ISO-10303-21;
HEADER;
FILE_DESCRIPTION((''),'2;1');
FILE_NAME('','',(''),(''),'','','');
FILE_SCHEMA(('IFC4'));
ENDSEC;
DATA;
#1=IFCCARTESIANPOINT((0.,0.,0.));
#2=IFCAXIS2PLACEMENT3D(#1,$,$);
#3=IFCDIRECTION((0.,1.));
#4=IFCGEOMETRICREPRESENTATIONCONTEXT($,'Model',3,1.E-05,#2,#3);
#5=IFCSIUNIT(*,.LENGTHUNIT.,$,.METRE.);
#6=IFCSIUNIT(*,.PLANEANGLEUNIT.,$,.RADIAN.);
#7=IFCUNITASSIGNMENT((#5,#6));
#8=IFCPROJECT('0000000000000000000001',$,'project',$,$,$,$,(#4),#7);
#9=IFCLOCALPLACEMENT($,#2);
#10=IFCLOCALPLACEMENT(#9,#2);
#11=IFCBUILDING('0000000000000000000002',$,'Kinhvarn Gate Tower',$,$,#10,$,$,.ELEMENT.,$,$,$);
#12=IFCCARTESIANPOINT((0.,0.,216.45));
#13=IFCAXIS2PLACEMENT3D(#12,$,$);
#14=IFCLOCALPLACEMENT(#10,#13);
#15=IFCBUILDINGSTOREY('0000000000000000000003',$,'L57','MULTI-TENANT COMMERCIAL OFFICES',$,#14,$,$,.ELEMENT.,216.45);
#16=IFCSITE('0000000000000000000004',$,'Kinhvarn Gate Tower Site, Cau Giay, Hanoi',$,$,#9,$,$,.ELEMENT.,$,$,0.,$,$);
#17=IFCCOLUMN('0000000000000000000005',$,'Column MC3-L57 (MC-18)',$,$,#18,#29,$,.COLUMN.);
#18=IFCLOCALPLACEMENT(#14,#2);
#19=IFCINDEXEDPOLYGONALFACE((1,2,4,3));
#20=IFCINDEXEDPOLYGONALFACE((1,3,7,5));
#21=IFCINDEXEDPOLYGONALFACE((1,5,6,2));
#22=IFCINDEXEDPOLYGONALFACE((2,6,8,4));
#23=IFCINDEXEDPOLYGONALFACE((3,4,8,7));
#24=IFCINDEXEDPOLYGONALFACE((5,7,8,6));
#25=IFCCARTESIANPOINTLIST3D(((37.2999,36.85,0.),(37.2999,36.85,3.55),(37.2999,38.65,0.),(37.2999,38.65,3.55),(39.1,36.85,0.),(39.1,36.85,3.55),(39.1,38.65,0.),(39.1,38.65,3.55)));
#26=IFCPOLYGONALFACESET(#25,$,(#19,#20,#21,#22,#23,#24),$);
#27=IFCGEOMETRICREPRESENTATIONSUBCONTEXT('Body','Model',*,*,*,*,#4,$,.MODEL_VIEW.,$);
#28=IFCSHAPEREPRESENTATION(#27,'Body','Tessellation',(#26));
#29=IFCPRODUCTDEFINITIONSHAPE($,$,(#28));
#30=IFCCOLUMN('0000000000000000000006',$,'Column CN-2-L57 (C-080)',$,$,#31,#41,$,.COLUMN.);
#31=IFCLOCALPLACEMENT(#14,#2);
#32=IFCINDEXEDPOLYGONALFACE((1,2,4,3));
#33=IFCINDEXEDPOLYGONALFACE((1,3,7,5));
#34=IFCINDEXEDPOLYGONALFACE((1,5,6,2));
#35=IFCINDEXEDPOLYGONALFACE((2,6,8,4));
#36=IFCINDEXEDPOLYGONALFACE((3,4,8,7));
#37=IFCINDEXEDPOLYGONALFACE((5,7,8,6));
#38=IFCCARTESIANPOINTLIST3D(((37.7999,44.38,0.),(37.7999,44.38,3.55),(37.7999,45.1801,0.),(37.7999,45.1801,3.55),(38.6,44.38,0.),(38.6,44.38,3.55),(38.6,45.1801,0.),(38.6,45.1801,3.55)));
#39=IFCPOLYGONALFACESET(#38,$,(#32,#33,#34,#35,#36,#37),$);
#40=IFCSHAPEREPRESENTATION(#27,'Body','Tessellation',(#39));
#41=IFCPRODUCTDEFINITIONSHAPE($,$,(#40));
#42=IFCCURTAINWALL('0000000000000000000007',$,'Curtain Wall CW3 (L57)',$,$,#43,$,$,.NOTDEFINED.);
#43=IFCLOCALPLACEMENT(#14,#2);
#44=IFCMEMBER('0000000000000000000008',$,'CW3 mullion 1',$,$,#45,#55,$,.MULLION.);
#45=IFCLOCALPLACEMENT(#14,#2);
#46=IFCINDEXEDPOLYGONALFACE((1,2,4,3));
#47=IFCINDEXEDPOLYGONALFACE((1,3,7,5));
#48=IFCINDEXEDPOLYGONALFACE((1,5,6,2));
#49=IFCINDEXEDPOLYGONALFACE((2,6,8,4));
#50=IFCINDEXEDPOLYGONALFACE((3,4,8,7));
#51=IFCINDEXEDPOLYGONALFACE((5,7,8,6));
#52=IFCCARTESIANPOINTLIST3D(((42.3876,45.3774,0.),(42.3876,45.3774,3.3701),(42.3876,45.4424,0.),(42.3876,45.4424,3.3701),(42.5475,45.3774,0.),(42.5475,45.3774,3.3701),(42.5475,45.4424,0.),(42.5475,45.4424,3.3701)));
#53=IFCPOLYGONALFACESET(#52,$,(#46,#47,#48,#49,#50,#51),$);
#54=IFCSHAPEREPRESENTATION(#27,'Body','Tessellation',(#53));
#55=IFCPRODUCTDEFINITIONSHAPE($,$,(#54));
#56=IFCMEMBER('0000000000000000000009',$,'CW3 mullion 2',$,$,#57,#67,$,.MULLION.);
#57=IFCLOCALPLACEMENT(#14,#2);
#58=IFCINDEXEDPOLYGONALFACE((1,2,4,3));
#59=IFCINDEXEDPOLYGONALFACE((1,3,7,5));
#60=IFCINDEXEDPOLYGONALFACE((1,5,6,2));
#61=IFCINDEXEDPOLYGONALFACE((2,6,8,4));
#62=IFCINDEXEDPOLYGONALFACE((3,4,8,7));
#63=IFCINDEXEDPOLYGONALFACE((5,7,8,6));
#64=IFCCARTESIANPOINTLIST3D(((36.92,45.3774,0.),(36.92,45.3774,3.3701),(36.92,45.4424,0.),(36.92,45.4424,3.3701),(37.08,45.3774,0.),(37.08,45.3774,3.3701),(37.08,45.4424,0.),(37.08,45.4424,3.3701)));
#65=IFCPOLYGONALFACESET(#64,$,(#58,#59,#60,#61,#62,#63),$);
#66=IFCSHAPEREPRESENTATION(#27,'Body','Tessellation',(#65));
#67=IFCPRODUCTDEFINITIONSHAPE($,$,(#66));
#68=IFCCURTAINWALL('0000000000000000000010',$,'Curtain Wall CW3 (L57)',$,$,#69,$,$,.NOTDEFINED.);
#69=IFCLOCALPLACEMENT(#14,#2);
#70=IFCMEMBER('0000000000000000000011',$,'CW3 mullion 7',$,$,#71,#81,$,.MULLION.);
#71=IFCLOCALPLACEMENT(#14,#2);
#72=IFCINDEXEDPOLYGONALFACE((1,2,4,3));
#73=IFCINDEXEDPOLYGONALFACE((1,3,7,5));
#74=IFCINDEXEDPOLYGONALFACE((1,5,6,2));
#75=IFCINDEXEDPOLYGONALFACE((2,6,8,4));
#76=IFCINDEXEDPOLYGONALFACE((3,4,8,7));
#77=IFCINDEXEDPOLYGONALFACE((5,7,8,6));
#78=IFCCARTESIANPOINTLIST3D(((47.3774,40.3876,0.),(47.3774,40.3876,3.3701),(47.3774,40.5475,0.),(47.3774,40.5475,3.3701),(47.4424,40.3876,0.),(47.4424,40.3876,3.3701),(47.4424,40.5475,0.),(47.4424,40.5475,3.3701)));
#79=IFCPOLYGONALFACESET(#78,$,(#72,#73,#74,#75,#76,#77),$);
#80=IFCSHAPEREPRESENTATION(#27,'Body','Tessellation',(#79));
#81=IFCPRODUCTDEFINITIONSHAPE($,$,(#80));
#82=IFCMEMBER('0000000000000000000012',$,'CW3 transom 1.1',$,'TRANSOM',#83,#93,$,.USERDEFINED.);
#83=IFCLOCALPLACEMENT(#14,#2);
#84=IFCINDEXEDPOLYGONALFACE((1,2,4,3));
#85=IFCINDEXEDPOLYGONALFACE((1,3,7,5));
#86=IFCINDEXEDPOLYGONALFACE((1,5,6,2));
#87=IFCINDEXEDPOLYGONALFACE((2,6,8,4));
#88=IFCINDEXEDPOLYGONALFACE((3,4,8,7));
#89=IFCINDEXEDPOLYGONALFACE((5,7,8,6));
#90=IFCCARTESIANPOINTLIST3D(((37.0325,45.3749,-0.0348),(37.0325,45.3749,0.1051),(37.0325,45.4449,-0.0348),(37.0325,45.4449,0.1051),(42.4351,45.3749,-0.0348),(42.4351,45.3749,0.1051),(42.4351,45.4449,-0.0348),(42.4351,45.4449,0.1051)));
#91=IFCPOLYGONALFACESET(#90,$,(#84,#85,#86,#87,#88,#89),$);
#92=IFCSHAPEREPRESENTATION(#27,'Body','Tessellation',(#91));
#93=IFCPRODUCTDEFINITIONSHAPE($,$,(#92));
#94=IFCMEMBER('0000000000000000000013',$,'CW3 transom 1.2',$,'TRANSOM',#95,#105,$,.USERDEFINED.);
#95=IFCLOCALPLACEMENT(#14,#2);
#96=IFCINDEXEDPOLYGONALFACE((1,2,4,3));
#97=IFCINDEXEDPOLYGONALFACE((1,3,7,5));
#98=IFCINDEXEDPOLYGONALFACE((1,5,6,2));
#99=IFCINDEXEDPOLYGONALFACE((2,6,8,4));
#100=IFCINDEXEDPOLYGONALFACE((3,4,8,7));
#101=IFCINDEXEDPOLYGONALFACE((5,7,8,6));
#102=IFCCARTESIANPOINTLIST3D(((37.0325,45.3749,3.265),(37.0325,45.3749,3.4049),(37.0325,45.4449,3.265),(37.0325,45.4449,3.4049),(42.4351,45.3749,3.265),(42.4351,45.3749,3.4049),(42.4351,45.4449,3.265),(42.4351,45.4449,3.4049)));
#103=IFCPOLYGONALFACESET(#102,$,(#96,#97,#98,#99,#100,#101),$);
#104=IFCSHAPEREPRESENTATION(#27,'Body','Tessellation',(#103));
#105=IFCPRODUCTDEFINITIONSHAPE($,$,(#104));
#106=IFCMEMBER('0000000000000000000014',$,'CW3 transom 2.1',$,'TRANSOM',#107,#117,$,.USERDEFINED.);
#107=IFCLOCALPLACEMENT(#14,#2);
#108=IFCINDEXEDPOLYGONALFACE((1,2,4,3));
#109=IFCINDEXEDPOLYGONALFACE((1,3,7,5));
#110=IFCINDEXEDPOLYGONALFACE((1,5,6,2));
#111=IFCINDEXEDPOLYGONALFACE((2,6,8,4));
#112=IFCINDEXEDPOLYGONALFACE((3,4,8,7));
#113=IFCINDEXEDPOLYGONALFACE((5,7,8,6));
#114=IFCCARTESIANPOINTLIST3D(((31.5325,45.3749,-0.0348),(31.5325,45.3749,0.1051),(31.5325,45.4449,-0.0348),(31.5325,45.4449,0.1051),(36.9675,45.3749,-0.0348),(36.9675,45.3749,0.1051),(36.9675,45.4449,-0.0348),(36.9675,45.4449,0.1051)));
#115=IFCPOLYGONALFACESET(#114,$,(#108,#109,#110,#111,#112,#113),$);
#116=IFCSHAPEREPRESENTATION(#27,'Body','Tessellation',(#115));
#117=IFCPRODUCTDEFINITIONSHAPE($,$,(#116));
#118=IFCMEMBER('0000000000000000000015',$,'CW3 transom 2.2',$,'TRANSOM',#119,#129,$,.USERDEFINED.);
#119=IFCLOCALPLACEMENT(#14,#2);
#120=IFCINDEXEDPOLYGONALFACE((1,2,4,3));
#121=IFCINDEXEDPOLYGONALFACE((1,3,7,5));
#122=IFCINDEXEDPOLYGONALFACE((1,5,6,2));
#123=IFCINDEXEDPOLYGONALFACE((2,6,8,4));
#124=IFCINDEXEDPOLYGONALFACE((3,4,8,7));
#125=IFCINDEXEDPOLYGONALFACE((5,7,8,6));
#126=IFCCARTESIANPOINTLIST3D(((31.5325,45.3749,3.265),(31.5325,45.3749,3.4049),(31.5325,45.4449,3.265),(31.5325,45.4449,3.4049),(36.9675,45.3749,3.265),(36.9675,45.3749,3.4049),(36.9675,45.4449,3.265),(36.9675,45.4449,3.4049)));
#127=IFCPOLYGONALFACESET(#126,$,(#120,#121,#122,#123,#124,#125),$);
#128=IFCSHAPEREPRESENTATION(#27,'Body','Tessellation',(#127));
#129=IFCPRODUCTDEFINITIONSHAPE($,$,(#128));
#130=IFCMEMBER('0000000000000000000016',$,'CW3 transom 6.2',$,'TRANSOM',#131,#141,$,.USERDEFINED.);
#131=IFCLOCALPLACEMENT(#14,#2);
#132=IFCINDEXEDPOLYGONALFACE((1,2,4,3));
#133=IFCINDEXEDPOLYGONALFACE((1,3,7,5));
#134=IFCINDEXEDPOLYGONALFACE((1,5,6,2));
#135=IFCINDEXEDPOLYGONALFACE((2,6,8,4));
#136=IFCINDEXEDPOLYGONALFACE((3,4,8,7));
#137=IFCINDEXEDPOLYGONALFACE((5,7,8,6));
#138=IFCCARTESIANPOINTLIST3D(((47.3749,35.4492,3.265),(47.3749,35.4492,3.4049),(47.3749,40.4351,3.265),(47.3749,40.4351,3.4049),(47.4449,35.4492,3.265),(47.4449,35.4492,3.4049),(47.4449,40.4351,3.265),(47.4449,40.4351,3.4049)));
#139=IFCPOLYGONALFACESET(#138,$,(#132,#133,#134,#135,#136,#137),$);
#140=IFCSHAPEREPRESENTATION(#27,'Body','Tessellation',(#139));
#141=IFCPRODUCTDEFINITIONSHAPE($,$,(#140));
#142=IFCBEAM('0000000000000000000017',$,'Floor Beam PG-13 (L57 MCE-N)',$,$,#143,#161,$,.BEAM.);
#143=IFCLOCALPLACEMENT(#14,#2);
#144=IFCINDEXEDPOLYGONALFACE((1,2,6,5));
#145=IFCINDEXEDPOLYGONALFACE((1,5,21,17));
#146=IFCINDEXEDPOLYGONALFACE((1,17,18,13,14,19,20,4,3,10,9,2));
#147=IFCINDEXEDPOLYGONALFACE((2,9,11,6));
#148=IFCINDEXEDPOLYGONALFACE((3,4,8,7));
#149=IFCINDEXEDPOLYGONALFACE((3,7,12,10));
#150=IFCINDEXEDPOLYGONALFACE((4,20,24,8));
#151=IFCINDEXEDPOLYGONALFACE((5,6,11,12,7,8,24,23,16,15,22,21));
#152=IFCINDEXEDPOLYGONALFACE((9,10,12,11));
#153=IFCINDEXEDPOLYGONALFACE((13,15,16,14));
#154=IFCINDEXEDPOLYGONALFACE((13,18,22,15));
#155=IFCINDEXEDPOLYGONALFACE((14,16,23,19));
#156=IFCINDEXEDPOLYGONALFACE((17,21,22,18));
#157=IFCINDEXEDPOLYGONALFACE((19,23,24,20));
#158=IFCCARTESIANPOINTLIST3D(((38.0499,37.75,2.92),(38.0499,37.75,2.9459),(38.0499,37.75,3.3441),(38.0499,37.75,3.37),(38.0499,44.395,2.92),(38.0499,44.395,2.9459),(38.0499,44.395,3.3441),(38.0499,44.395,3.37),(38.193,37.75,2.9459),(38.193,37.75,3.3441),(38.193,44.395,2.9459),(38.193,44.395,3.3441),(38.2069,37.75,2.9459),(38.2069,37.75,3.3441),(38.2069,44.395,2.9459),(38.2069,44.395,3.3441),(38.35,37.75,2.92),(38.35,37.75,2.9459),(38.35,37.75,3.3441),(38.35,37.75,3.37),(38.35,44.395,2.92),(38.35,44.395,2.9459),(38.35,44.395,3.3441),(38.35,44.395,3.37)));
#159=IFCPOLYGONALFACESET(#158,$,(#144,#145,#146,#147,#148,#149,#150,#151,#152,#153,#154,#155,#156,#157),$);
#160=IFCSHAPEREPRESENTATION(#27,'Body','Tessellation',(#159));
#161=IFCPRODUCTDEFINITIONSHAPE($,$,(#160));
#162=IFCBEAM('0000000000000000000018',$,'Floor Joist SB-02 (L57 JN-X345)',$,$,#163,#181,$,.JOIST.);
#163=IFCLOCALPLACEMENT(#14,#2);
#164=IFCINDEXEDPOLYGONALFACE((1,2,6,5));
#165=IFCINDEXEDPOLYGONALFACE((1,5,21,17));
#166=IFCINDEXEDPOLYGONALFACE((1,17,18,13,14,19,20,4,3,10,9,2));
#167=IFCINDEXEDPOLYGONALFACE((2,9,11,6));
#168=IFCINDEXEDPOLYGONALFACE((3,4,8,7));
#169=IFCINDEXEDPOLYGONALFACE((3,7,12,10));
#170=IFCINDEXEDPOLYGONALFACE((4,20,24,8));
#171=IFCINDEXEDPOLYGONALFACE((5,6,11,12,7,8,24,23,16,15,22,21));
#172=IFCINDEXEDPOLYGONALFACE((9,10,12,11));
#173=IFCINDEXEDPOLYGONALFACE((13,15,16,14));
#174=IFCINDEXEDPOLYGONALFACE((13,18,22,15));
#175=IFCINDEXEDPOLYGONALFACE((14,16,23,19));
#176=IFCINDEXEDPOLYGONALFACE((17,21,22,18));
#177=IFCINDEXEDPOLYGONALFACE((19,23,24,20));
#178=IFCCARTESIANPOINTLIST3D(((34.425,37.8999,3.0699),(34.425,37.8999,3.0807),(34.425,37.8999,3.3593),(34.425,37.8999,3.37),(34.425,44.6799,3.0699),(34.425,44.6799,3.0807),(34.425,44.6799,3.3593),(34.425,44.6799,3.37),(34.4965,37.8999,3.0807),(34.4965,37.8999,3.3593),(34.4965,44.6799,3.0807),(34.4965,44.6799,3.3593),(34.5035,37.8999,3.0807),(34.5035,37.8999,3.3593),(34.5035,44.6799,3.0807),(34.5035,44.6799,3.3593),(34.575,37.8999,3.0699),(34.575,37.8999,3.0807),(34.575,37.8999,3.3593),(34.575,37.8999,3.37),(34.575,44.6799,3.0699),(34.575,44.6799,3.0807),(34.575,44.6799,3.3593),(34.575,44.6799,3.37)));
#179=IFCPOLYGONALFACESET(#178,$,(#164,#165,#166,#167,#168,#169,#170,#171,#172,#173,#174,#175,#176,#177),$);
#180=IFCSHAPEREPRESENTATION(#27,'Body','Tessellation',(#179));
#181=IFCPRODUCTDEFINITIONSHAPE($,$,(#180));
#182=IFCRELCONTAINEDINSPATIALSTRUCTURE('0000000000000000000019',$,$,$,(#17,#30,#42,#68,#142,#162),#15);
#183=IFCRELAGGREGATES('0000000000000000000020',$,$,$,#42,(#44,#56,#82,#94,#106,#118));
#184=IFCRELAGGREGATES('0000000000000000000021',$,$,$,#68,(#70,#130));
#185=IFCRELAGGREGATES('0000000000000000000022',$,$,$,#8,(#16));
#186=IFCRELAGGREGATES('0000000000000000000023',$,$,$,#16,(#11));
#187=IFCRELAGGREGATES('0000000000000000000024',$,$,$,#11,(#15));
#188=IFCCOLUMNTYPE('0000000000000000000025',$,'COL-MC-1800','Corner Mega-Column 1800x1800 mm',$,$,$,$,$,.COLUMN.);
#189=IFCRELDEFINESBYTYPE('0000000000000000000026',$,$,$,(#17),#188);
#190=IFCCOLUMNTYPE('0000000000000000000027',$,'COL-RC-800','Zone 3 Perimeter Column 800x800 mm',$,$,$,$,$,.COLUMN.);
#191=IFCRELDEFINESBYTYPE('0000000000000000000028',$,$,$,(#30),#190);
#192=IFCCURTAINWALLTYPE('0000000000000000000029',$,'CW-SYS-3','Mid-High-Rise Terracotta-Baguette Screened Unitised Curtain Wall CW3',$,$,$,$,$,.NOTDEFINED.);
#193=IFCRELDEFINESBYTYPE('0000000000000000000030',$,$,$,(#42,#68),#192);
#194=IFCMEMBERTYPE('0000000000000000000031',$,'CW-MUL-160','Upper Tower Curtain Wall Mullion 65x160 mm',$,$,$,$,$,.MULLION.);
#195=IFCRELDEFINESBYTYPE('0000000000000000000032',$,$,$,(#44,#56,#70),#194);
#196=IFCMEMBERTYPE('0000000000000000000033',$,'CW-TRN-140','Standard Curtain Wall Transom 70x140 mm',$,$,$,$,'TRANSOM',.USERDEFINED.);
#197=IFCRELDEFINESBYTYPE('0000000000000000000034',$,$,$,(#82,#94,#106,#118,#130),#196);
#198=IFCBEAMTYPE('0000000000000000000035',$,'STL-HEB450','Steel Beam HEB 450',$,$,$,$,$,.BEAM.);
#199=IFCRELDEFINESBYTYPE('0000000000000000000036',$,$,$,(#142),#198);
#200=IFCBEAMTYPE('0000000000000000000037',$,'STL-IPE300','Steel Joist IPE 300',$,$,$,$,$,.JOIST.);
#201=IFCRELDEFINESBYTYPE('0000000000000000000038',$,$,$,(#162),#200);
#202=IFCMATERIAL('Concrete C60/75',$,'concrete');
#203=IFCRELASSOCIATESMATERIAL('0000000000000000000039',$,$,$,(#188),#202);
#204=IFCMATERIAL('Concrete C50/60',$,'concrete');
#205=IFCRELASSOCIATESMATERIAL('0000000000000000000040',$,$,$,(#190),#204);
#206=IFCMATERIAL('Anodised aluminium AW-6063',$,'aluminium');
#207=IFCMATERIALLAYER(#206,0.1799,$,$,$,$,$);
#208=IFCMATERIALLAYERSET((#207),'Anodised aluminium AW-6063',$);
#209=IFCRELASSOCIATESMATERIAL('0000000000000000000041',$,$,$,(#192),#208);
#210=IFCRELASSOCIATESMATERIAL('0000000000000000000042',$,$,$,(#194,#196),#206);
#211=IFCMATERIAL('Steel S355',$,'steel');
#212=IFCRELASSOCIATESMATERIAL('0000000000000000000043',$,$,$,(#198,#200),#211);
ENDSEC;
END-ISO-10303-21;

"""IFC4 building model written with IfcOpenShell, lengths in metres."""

from ifc_helpers import new_model, si_unit, direction, frame, origin, origin_2d, place, context, subcontext, project, spatial, rectangle, i_section, extrude, material, layer, layer_set, material_profile, profile_set, type_object, element, aggregate, save


model = new_model("IFC4")

# Units and contexts
model_context = context("Model", 3, precision=1e-05, world=origin(), true_north=direction((0.0, 1.0)))
body_context = subcontext(model_context, "Body", "Model", "MODEL_VIEW")
ifc_project = project(units=[si_unit("LENGTHUNIT", "METRE"), si_unit("PLANEANGLEUNIT", "RADIAN")], contexts=[model_context])

# Site, building, storey
site_placement = place(None, origin())
site = spatial("IfcSite", under=ifc_project, at=site_placement, Name="Kinhvarn Gate Tower Site, Cau Giay, Hanoi", CompositionType="ELEMENT", RefElevation=0.0)
building_placement = place(site_placement, origin())
building = spatial("IfcBuilding", under=site, at=building_placement, Name="Kinhvarn Gate Tower", CompositionType="ELEMENT")
storey_placement = place(building_placement, frame((0.0, 0.0, 216.45)))
storey = spatial("IfcBuildingStorey", under=building, at=storey_placement, Name="L57", Description="MULTI-TENANT COMMERCIAL OFFICES", CompositionType="ELEMENT", Elevation=216.45)

# Columns
ifc_material_1 = material(Name="Concrete C60/75", Category="concrete")
ifc_material_profile_1 = material_profile(ifc_material_1, rectangle(XDim=1.8, YDim=1.8, at=origin_2d()), Name="RC 1800x1800")
ifc_profile_set_1 = profile_set([ifc_material_profile_1], Name="Concrete C60/75")
column_type_1 = type_object("IfcColumnType", Name="COL-MC-1800", Description="Corner Mega-Column 1800x1800 mm", PredefinedType="COLUMN", material=ifc_profile_set_1)
column_1_placement = place(storey_placement, frame((38.2, 37.75, 0.0), z_axis=(0.0, 0.0, 1.0), x_axis=(1.0, 0.0, 0.0)))
element("IfcColumn", 1, at=column_1_placement, inside=storey, type_object=column_type_1, Name="Column MC3-L57 (MC-18)", PredefinedType="COLUMN", context=body_context, shape_type="SweptSolid", body=[
    extrude(rectangle(XDim=1.8, YDim=1.8, at=origin_2d()), origin(), (0.0, 0.0, 1.0), 3.55),
])
ifc_material_2 = material(Name="Concrete C50/60", Category="concrete")
ifc_material_profile_2 = material_profile(ifc_material_2, rectangle(XDim=0.8, YDim=0.8, at=origin_2d()), Name="RC 800x800")
ifc_profile_set_2 = profile_set([ifc_material_profile_2], Name="Concrete C50/60")
column_type_2 = type_object("IfcColumnType", Name="COL-RC-800", Description="Zone 3 Perimeter Column 800x800 mm", PredefinedType="COLUMN", material=ifc_profile_set_2)
column_2_placement = place(storey_placement, frame((38.2, 44.78, 0.0), z_axis=(0.0, 0.0, 1.0), x_axis=(1.0, 0.0, 0.0)))
element("IfcColumn", 2, at=column_2_placement, inside=storey, type_object=column_type_2, Name="Column CN-2-L57 (C-080)", PredefinedType="COLUMN", context=body_context, shape_type="SweptSolid", body=[
    extrude(rectangle(XDim=0.8, YDim=0.8, at=origin_2d()), origin(), (0.0, 0.0, 1.0), 3.55),
])

# Curtain wall, members
ifc_material_3 = material(Name="Anodised aluminium AW-6063", Category="aluminium")
ifc_layer_1 = layer(ifc_material_3, 0.1799)
ifc_layer_set_1 = layer_set([ifc_layer_1], Name="Anodised aluminium AW-6063")
curtain_wall_type = type_object("IfcCurtainWallType", Name="CW-SYS-3", Description="Mid-High-Rise Terracotta-Baguette Screened Unitised Curtain Wall CW3", PredefinedType="NOTDEFINED", material=ifc_layer_set_1)
curtain_wall_1_placement = place(storey_placement, origin())
curtain_wall_1 = element("IfcCurtainWall", 3, at=curtain_wall_1_placement, inside=storey, type_object=curtain_wall_type, Name="Curtain Wall CW3 (L57)", PredefinedType="NOTDEFINED")
ifc_material_profile_3 = material_profile(ifc_material_3, rectangle(XDim=0.0649, YDim=0.1599, at=origin_2d()), Name="ALU 65x160")
ifc_profile_set_3 = profile_set([ifc_material_profile_3], Name="Anodised aluminium AW-6063")
member_type_1 = type_object("IfcMemberType", Name="CW-MUL-160", Description="Upper Tower Curtain Wall Mullion 65x160 mm", PredefinedType="MULLION", material=ifc_profile_set_3)
member_1_placement = place(storey_placement, frame((42.4675, 45.4099, 0.0), z_axis=(0.0, 0.0, 1.0), x_axis=(0.0, -1.0, 0.0)))
member_1 = element("IfcMember", 4, at=member_1_placement, type_object=member_type_1, Name="CW3 mullion 1", PredefinedType="MULLION", context=body_context, shape_type="SweptSolid", body=[
    extrude(rectangle(XDim=0.0649, YDim=0.1599, at=origin_2d()), origin(), (0.0, 0.0, 1.0), 3.3701),
])
member_2_placement = place(storey_placement, frame((37.0, 45.4099, 0.0), z_axis=(0.0, 0.0, 1.0), x_axis=(0.0, -1.0, 0.0)))
member_2 = element("IfcMember", 5, at=member_2_placement, type_object=member_type_1, Name="CW3 mullion 2", PredefinedType="MULLION", context=body_context, shape_type="SweptSolid", body=[
    extrude(rectangle(XDim=0.0649, YDim=0.1599, at=origin_2d()), origin(), (0.0, 0.0, 1.0), 3.3701),
])

# Curtain wall, member
curtain_wall_2_placement = place(storey_placement, origin())
curtain_wall_2 = element("IfcCurtainWall", 6, at=curtain_wall_2_placement, inside=storey, type_object=curtain_wall_type, Name="Curtain Wall CW3 (L57)", PredefinedType="NOTDEFINED")
member_3_placement = place(storey_placement, frame((47.4099, 40.4675, 0.0), z_axis=(0.0, 0.0, 1.0), x_axis=(-1.0, 0.0, 0.0)))
member_3 = element("IfcMember", 7, at=member_3_placement, type_object=member_type_1, Name="CW3 mullion 7", PredefinedType="MULLION", context=body_context, shape_type="SweptSolid", body=[
    extrude(rectangle(XDim=0.0649, YDim=0.1599, at=origin_2d()), origin(), (0.0, 0.0, 1.0), 3.3701),
])

# Members
ifc_material_profile_4 = material_profile(ifc_material_3, rectangle(XDim=0.0701, YDim=0.1399, at=origin_2d()), Name="ALU 70x140")
ifc_profile_set_4 = profile_set([ifc_material_profile_4], Name="Anodised aluminium AW-6063")
member_type_2 = type_object("IfcMemberType", Name="CW-TRN-140", Description="Standard Curtain Wall Transom 70x140 mm", ElementType="TRANSOM", PredefinedType="USERDEFINED", material=ifc_profile_set_4)
member_4_placement = place(storey_placement, frame((42.4351, 45.4099, 0.0352), z_axis=(-1.0, 0.0, 0.0), x_axis=(0.0, -1.0, 0.0)))
member_4 = element("IfcMember", 8, at=member_4_placement, type_object=member_type_2, Name="CW3 transom 1.1", ObjectType="TRANSOM", PredefinedType="USERDEFINED", context=body_context, shape_type="SweptSolid", body=[
    extrude(rectangle(XDim=0.0701, YDim=0.1399, at=origin_2d()), origin(), (0.0, 0.0, 1.0), 5.4026),
])
member_5_placement = place(storey_placement, frame((42.4351, 45.4099, 3.335), z_axis=(-1.0, 0.0, 0.0), x_axis=(0.0, -1.0, 0.0)))
member_5 = element("IfcMember", 9, at=member_5_placement, type_object=member_type_2, Name="CW3 transom 1.2", ObjectType="TRANSOM", PredefinedType="USERDEFINED", context=body_context, shape_type="SweptSolid", body=[
    extrude(rectangle(XDim=0.0701, YDim=0.1399, at=origin_2d()), origin(), (0.0, 0.0, 1.0), 5.4026),
])
member_6_placement = place(storey_placement, frame((36.9675, 45.4099, 0.0352), z_axis=(-1.0, 0.0, 0.0), x_axis=(0.0, -1.0, 0.0)))
member_6 = element("IfcMember", 10, at=member_6_placement, type_object=member_type_2, Name="CW3 transom 2.1", ObjectType="TRANSOM", PredefinedType="USERDEFINED", context=body_context, shape_type="SweptSolid", body=[
    extrude(rectangle(XDim=0.0701, YDim=0.1399, at=origin_2d()), origin(), (0.0, 0.0, 1.0), 5.4351),
])
member_7_placement = place(storey_placement, frame((36.9675, 45.4099, 3.335), z_axis=(-1.0, 0.0, 0.0), x_axis=(0.0, -1.0, 0.0)))
member_7 = element("IfcMember", 11, at=member_7_placement, type_object=member_type_2, Name="CW3 transom 2.2", ObjectType="TRANSOM", PredefinedType="USERDEFINED", context=body_context, shape_type="SweptSolid", body=[
    extrude(rectangle(XDim=0.0701, YDim=0.1399, at=origin_2d()), origin(), (0.0, 0.0, 1.0), 5.4351),
])
member_8_placement = place(storey_placement, frame((47.4099, 35.4492, 3.335), z_axis=(0.0, 1.0, 0.0), x_axis=(-1.0, 0.0, 0.0)))
member_8 = element("IfcMember", 12, at=member_8_placement, type_object=member_type_2, Name="CW3 transom 6.2", ObjectType="TRANSOM", PredefinedType="USERDEFINED", context=body_context, shape_type="SweptSolid", body=[
    extrude(rectangle(XDim=0.0701, YDim=0.1399, at=origin_2d()), origin(), (0.0, 0.0, 1.0), 4.9858),
])

# Beams
ifc_material_4 = material(Name="Steel S355", Category="steel")
ifc_material_profile_5 = material_profile(ifc_material_4, i_section(OverallWidth=0.3, OverallDepth=0.45, WebThickness=0.0139, FlangeThickness=0.0259, at=origin_2d()), Name="HEB 450")
ifc_profile_set_5 = profile_set([ifc_material_profile_5], Name="Steel S355")
beam_type_1 = type_object("IfcBeamType", Name="STL-HEB450", Description="Steel Beam HEB 450", PredefinedType="BEAM", material=ifc_profile_set_5)
beam_1_placement = place(storey_placement, frame((38.2, 37.75, 3.145), z_axis=(0.0, 1.0, 0.0), x_axis=(-1.0, 0.0, 0.0)))
element("IfcBeam", 13, at=beam_1_placement, inside=storey, type_object=beam_type_1, Name="Floor Beam PG-13 (L57 MCE-N)", PredefinedType="BEAM", context=body_context, shape_type="SweptSolid", body=[
    extrude(i_section(OverallWidth=0.3, OverallDepth=0.45, WebThickness=0.0139, FlangeThickness=0.0259, at=origin_2d()), origin(), (0.0, 0.0, 1.0), 6.645),
])
ifc_material_profile_6 = material_profile(ifc_material_4, i_section(OverallWidth=0.1499, OverallDepth=0.3, WebThickness=0.0071, FlangeThickness=0.0107, at=origin_2d()), Name="IPE 300")
ifc_profile_set_6 = profile_set([ifc_material_profile_6], Name="Steel S355")
beam_type_2 = type_object("IfcBeamType", Name="STL-IPE300", Description="Steel Joist IPE 300", PredefinedType="JOIST", material=ifc_profile_set_6)
beam_2_placement = place(storey_placement, frame((34.5, 37.8999, 3.22), z_axis=(0.0, 1.0, 0.0), x_axis=(-1.0, 0.0, 0.0)))
element("IfcBeam", 14, at=beam_2_placement, inside=storey, type_object=beam_type_2, Name="Floor Joist SB-02 (L57 JN-X345)", PredefinedType="JOIST", context=body_context, shape_type="SweptSolid", body=[
    extrude(i_section(OverallWidth=0.1499, OverallDepth=0.3, WebThickness=0.0071, FlangeThickness=0.0107, at=origin_2d()), origin(), (0.0, 0.0, 1.0), 6.78),
])

aggregate(curtain_wall_1, [member_1, member_2, member_4, member_5, member_6, member_7])
aggregate(curtain_wall_2, [member_3, member_8])

save(model, "model.ifc")
